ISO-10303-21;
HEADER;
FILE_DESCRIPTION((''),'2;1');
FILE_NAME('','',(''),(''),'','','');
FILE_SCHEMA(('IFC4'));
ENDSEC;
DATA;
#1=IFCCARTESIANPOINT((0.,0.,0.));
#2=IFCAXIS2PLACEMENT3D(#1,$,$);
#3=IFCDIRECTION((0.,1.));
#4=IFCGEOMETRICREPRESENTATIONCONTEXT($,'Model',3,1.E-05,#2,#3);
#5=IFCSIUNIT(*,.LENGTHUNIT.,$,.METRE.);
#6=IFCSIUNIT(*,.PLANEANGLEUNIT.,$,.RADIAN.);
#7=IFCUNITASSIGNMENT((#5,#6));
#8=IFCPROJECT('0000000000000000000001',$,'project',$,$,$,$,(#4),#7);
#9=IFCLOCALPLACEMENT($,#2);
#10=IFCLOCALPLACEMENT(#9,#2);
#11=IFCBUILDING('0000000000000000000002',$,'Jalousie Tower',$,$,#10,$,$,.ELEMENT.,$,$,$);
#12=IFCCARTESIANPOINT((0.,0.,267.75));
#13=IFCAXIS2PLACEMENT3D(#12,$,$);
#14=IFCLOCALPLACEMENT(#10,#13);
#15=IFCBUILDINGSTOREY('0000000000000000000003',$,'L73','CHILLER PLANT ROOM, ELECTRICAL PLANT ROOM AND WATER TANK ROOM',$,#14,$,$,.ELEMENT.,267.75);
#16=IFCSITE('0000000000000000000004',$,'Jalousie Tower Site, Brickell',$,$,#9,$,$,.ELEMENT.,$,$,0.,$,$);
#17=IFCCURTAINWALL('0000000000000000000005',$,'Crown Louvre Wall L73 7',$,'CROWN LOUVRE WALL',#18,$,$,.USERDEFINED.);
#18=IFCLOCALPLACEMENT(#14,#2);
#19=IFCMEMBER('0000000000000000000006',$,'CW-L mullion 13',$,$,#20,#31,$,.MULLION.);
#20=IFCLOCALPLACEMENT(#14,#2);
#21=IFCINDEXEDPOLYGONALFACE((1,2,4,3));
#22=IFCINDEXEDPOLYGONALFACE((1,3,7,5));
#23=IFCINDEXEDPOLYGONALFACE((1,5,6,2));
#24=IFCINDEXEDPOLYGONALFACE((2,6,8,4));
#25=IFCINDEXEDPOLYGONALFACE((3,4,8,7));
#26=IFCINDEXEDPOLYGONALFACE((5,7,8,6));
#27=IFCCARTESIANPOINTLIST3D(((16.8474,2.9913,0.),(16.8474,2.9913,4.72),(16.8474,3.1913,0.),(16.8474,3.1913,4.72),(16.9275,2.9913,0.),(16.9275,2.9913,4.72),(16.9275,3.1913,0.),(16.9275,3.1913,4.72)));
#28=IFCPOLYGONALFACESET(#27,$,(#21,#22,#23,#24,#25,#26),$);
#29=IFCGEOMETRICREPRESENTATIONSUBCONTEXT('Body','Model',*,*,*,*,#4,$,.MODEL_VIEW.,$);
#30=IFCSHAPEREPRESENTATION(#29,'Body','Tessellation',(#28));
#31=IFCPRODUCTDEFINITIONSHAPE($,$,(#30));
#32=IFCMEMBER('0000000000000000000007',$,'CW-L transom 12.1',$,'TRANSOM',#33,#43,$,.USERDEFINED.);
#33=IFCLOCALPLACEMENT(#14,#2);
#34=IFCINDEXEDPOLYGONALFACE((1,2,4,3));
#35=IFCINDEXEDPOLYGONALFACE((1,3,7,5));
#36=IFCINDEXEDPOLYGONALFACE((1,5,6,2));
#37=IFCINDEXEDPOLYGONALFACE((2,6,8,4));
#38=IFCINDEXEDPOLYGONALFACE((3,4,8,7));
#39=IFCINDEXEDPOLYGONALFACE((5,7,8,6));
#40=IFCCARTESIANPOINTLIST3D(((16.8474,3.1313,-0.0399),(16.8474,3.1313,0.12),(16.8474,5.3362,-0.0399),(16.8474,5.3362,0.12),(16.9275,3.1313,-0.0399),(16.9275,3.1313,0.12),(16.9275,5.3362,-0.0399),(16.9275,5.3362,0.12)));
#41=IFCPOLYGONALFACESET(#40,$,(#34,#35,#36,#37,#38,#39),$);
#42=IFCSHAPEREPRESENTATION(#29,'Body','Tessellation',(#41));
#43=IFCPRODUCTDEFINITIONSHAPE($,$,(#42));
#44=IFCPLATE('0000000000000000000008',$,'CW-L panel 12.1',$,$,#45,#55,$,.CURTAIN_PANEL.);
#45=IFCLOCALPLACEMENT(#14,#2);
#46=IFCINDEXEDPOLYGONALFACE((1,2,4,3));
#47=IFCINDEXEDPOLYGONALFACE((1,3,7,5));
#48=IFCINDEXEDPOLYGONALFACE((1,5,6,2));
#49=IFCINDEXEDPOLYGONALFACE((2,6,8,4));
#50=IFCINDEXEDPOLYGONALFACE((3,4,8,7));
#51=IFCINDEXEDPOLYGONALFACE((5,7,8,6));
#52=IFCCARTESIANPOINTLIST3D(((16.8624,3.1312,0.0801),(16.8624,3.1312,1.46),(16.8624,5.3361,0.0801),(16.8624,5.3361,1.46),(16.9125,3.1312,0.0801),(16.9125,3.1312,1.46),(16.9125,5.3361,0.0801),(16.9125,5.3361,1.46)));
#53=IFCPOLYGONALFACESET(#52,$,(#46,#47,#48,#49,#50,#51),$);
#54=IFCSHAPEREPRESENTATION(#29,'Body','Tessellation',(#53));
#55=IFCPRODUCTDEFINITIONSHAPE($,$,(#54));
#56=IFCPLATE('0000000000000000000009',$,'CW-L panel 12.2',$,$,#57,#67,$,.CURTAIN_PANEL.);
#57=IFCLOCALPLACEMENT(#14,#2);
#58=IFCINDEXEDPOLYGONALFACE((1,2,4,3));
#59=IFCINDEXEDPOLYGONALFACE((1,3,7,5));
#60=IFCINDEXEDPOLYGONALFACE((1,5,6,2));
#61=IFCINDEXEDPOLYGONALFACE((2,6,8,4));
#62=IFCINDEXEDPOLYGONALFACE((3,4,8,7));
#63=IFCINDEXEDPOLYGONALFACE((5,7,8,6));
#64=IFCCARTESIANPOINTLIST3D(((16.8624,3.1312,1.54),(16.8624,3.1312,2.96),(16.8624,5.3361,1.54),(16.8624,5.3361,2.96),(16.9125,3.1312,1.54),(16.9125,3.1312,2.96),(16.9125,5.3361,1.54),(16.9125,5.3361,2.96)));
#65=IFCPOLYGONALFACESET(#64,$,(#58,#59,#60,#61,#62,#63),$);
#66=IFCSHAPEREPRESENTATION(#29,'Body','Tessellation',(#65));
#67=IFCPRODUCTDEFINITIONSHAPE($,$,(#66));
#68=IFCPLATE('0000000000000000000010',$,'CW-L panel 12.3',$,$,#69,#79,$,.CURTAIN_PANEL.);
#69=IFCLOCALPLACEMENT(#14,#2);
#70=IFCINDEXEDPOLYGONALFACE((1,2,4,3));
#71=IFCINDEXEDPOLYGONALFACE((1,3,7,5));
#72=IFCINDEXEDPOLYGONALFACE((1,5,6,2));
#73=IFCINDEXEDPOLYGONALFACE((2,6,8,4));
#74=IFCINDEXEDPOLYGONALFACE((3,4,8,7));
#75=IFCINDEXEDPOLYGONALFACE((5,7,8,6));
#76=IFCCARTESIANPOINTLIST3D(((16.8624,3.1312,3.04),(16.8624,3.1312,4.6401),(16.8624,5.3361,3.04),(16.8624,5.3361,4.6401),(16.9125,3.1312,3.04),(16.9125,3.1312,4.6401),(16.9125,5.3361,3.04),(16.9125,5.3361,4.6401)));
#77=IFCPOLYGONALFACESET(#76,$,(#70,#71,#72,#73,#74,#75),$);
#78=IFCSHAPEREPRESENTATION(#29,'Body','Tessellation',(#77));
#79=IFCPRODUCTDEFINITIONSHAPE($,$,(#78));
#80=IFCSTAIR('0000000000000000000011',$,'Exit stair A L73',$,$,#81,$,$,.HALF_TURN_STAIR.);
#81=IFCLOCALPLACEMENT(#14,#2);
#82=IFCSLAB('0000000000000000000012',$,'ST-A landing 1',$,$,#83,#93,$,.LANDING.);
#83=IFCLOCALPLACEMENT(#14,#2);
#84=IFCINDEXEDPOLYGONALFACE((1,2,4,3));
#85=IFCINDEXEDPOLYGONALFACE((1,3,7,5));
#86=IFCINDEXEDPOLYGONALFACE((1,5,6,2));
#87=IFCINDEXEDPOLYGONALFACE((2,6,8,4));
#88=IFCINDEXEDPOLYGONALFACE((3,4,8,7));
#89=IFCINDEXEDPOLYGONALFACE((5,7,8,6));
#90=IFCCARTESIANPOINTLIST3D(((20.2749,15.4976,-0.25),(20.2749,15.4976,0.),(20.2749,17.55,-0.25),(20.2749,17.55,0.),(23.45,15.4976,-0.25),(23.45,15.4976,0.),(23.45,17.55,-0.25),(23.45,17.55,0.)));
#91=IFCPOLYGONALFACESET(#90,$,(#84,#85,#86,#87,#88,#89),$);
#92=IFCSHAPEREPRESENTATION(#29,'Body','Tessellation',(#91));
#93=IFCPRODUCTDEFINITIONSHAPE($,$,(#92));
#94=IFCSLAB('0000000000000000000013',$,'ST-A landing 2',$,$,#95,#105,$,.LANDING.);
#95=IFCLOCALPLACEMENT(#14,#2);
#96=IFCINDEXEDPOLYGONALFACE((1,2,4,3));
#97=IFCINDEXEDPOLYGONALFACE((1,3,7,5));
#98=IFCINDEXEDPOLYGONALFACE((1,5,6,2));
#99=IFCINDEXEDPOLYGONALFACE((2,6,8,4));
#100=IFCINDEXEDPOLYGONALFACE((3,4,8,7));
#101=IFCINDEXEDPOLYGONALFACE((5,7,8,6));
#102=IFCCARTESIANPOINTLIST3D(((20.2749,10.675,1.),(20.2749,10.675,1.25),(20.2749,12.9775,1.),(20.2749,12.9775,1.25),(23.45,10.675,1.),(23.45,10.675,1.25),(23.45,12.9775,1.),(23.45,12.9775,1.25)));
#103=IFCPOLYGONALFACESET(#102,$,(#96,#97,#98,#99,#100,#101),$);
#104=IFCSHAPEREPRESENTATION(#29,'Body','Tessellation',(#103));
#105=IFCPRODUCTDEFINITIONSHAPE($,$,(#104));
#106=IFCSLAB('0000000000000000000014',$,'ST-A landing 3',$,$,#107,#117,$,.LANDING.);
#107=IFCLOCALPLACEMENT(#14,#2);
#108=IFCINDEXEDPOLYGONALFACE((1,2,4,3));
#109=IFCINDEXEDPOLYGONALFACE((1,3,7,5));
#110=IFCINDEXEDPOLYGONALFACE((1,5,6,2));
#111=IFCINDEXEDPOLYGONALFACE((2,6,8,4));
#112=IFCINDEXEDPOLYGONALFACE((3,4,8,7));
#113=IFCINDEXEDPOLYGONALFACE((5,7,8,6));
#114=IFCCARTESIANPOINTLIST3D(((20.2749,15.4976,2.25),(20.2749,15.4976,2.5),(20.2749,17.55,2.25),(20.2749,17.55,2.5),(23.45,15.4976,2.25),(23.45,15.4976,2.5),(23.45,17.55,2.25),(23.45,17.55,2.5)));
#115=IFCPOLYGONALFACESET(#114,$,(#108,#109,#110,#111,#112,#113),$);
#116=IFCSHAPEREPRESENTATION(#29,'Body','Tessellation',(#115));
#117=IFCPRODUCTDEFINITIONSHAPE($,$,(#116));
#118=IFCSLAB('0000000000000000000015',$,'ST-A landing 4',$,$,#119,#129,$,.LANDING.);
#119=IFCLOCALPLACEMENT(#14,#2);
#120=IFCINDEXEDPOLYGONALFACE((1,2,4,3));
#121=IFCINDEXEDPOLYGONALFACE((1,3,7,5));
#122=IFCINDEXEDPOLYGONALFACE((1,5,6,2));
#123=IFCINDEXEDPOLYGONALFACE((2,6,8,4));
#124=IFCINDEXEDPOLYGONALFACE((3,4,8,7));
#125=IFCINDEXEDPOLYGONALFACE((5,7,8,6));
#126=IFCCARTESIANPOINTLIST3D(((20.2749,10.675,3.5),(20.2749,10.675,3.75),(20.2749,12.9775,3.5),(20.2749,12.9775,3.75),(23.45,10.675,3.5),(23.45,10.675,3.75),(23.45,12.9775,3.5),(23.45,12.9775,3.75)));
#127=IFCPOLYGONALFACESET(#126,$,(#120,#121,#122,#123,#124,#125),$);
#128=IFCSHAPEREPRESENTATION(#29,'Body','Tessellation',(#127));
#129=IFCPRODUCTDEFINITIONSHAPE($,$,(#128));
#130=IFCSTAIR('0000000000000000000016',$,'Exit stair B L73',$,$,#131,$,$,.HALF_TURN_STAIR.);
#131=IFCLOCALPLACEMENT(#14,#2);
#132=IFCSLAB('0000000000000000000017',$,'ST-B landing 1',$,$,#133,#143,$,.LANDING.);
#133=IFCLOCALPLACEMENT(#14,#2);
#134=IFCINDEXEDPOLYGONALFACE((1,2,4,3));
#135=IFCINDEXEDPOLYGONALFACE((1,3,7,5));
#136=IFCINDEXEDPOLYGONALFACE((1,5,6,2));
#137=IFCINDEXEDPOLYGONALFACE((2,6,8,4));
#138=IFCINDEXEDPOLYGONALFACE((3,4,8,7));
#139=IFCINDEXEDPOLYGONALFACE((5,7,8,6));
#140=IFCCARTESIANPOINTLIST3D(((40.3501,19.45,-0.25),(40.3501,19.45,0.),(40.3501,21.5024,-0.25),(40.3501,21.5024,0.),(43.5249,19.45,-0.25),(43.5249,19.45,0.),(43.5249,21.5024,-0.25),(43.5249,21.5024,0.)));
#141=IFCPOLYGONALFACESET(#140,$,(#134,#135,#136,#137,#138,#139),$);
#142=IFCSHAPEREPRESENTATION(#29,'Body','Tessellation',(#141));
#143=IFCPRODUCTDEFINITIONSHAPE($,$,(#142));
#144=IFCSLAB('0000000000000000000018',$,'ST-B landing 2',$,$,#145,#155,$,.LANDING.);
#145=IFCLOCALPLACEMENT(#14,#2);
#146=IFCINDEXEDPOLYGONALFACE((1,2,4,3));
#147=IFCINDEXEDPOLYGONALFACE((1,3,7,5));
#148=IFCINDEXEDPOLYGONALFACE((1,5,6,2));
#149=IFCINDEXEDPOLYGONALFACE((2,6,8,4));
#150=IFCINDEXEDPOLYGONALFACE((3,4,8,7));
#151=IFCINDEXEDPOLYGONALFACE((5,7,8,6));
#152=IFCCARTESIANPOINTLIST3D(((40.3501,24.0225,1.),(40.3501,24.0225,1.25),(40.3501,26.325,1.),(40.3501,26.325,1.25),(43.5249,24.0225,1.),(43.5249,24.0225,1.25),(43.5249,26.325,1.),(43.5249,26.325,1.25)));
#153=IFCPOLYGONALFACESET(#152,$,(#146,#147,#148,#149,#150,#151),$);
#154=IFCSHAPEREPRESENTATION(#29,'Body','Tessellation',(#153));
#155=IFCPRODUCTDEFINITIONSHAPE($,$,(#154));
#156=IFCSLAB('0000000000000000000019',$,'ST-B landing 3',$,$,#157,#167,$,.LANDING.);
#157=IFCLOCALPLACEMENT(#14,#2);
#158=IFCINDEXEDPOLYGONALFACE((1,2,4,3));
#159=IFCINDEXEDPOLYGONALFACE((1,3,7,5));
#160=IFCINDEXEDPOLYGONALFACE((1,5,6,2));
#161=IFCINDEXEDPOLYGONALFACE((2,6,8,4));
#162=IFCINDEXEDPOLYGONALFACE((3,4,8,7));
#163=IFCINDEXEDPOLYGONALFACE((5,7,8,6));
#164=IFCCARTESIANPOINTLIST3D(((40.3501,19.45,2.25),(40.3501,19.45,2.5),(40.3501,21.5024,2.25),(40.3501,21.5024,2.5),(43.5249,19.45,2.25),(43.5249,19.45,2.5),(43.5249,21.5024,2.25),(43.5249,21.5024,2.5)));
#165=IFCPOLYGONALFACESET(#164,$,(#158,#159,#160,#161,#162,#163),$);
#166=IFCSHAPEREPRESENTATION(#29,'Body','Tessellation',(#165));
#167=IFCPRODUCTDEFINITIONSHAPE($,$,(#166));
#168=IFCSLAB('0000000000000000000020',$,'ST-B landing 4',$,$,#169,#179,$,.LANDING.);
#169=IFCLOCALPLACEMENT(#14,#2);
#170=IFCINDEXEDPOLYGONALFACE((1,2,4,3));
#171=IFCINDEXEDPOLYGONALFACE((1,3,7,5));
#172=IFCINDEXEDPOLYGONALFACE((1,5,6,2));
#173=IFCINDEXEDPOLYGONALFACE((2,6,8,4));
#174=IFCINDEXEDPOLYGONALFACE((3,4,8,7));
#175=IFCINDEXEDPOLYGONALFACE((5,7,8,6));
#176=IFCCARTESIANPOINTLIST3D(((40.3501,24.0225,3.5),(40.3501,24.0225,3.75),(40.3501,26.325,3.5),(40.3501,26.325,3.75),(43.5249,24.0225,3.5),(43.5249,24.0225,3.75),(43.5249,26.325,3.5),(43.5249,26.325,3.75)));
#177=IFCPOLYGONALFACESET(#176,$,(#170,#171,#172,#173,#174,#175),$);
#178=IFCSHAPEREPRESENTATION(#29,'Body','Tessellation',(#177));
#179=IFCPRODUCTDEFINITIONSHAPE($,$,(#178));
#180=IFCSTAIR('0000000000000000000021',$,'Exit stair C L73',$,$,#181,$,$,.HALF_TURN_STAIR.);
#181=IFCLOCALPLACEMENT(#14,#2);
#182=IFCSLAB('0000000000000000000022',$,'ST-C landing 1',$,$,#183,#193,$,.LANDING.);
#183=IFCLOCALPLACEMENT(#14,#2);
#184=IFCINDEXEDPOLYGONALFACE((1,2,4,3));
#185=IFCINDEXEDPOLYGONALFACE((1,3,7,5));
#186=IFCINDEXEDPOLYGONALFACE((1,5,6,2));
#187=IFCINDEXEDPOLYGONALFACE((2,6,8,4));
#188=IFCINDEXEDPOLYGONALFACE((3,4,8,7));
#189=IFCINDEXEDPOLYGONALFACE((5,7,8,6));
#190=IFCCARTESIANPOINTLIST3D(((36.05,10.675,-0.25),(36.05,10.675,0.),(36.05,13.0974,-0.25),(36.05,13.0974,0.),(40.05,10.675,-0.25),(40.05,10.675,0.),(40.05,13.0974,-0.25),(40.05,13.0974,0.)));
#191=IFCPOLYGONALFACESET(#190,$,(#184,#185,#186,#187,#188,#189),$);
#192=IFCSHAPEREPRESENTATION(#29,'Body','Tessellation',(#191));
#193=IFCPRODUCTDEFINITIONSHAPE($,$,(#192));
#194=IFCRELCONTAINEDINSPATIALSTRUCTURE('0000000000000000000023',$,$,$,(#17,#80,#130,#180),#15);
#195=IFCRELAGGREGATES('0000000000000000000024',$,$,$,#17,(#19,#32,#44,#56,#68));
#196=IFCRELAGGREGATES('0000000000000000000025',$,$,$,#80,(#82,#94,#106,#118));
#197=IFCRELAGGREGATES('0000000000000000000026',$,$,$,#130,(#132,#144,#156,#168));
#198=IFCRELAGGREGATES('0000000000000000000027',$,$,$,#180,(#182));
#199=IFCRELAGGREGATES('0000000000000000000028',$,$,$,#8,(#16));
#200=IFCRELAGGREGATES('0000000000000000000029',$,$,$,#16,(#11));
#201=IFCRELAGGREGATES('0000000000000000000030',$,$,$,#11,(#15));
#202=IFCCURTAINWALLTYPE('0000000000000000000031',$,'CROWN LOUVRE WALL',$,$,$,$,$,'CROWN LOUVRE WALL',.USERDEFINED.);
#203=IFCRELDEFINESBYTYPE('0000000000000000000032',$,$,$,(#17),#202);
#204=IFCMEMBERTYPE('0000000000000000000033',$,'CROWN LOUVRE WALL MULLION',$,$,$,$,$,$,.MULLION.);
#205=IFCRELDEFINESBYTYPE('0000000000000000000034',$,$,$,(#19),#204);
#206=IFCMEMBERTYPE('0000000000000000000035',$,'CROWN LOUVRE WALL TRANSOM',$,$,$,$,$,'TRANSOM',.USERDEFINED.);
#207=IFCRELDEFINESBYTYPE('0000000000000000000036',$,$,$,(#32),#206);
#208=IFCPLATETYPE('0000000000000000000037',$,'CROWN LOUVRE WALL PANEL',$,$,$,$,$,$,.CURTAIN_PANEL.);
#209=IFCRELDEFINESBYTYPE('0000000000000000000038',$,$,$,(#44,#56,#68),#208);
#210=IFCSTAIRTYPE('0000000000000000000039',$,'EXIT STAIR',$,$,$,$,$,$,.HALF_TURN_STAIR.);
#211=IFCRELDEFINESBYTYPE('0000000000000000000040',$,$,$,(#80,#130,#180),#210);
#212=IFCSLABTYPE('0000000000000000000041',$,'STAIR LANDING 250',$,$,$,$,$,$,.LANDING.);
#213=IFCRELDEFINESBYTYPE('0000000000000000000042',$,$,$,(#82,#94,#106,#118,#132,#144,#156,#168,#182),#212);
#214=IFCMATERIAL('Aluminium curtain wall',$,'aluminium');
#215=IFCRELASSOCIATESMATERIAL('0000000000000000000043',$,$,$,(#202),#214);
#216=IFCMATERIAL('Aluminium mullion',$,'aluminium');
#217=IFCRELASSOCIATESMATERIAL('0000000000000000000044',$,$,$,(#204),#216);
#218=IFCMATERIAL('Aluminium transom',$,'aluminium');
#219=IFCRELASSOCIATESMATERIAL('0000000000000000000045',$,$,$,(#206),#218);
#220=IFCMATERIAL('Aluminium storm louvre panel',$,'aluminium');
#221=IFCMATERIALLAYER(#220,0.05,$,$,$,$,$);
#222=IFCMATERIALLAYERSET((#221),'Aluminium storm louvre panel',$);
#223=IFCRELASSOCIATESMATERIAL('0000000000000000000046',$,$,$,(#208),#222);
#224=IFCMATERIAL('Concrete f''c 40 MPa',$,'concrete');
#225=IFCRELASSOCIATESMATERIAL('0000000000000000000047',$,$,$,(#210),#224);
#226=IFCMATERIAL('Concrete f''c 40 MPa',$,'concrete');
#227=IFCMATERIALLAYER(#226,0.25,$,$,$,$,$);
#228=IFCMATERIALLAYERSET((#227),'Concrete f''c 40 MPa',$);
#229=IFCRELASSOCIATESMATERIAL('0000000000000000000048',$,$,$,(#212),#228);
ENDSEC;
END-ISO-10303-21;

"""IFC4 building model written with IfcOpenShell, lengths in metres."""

from ifc_helpers import new_model, si_unit, direction, frame, origin, origin_2d, place, context, subcontext, project, spatial, polyline, rectangle, outline, extrude, material, layer, layer_set, material_profile, profile_set, type_object, element, aggregate, save


model = new_model("IFC4")

# Units and contexts
model_context = context("Model", 3, precision=1e-05, world=origin(), true_north=direction((0.0, 1.0)))
body_context = subcontext(model_context, "Body", "Model", "MODEL_VIEW")
ifc_project = project(units=[si_unit("LENGTHUNIT", "METRE"), si_unit("PLANEANGLEUNIT", "RADIAN")], contexts=[model_context])

# Site, building, storey
site_placement = place(None, origin())
site = spatial("IfcSite", under=ifc_project, at=site_placement, Name="Jalousie Tower Site, Brickell", CompositionType="ELEMENT", RefElevation=0.0)
building_placement = place(site_placement, origin())
building = spatial("IfcBuilding", under=site, at=building_placement, Name="Jalousie Tower", CompositionType="ELEMENT")
storey_placement = place(building_placement, frame((0.0, 0.0, 267.75)))
storey = spatial("IfcBuildingStorey", under=building, at=storey_placement, Name="L73", Description="CHILLER PLANT ROOM, ELECTRICAL PLANT ROOM AND WATER TANK ROOM", CompositionType="ELEMENT", Elevation=267.75)

# Curtain wall, members, plates
ifc_material_1 = material(Name="Aluminium curtain wall", Category="aluminium")
curtain_wall_type = type_object("IfcCurtainWallType", Name="CROWN LOUVRE WALL", ElementType="CROWN LOUVRE WALL", PredefinedType="USERDEFINED", material=ifc_material_1)
curtain_wall_placement = place(storey_placement, origin())
curtain_wall = element("IfcCurtainWall", 1, at=curtain_wall_placement, inside=storey, type_object=curtain_wall_type, Name="Crown Louvre Wall L73 7", ObjectType="CROWN LOUVRE WALL", PredefinedType="USERDEFINED")
ifc_material_2 = material(Name="Aluminium mullion", Category="aluminium")
ifc_material_profile_1 = material_profile(ifc_material_2, rectangle(XDim=0.0801, YDim=0.2, at=origin_2d()), Name="MULLION 80x200")
ifc_profile_set_1 = profile_set([ifc_material_profile_1], Name="Aluminium mullion")
member_type_1 = type_object("IfcMemberType", Name="CROWN LOUVRE WALL MULLION", PredefinedType="MULLION", material=ifc_profile_set_1)
member_1_placement = place(storey_placement, frame((16.8875, 3.0913, 0.0), z_axis=(0.0, 0.0, 1.0), x_axis=(1.0, 0.0, 0.0)))
member_1 = element("IfcMember", 2, at=member_1_placement, type_object=member_type_1, Name="CW-L mullion 13", PredefinedType="MULLION", context=body_context, shape_type="SweptSolid", body=[
    extrude(rectangle(XDim=0.0801, YDim=0.2, at=origin_2d()), origin(), (0.0, 0.0, 1.0), 4.72),
])
ifc_material_3 = material(Name="Aluminium transom", Category="aluminium")
ifc_material_profile_2 = material_profile(ifc_material_3, rectangle(XDim=0.0801, YDim=0.1599, at=origin_2d()), Name="TRANSOM 80x160")
ifc_profile_set_2 = profile_set([ifc_material_profile_2], Name="Aluminium transom")
member_type_2 = type_object("IfcMemberType", Name="CROWN LOUVRE WALL TRANSOM", ElementType="TRANSOM", PredefinedType="USERDEFINED", material=ifc_profile_set_2)
member_2_placement = place(storey_placement, frame((16.8875, 5.3362, 0.04), z_axis=(0.0, -1.0, 0.0), x_axis=(1.0, 0.0, 0.0)))
member_2 = element("IfcMember", 3, at=member_2_placement, type_object=member_type_2, Name="CW-L transom 12.1", ObjectType="TRANSOM", PredefinedType="USERDEFINED", context=body_context, shape_type="SweptSolid", body=[
    extrude(rectangle(XDim=0.0801, YDim=0.1599, at=origin_2d()), origin(), (0.0, 0.0, 1.0), 2.2048),
])
ifc_material_4 = material(Name="Aluminium storm louvre panel", Category="aluminium")
ifc_layer_1 = layer(ifc_material_4, 0.05)
ifc_layer_set_1 = layer_set([ifc_layer_1], Name="Aluminium storm louvre panel")
plate_type = type_object("IfcPlateType", Name="CROWN LOUVRE WALL PANEL", PredefinedType="CURTAIN_PANEL", material=ifc_layer_set_1)
plate_1_placement = place(storey_placement, frame((16.8875, 4.2336, 0.0801), z_axis=(0.0, 0.0, 1.0), x_axis=(0.0, -1.0, 0.0)))
plate_1 = element("IfcPlate", 4, at=plate_1_placement, type_object=plate_type, Name="CW-L panel 12.1", PredefinedType="CURTAIN_PANEL", context=body_context, shape_type="SweptSolid", body=[
    extrude(rectangle(XDim=2.2048, YDim=0.05, at=origin_2d()), origin(), (0.0, 0.0, 1.0), 1.3799),
])
plate_2_placement = place(storey_placement, frame((16.8875, 4.2336, 1.54), z_axis=(0.0, 0.0, 1.0), x_axis=(0.0, -1.0, 0.0)))
plate_2 = element("IfcPlate", 5, at=plate_2_placement, type_object=plate_type, Name="CW-L panel 12.2", PredefinedType="CURTAIN_PANEL", context=body_context, shape_type="SweptSolid", body=[
    extrude(rectangle(XDim=2.2048, YDim=0.05, at=origin_2d()), origin(), (0.0, 0.0, 1.0), 1.4199),
])
plate_3_placement = place(storey_placement, frame((16.8875, 4.2336, 3.04), z_axis=(0.0, 0.0, 1.0), x_axis=(0.0, -1.0, 0.0)))
plate_3 = element("IfcPlate", 6, at=plate_3_placement, type_object=plate_type, Name="CW-L panel 12.3", PredefinedType="CURTAIN_PANEL", context=body_context, shape_type="SweptSolid", body=[
    extrude(rectangle(XDim=2.2048, YDim=0.05, at=origin_2d()), origin(), (0.0, 0.0, 1.0), 1.6001),
])
aggregate(curtain_wall, [member_1, member_2, plate_1, plate_2, plate_3])

# Stairs, slabs
ifc_material_5 = material(Name="Concrete f'c 40 MPa", Category="concrete")
stair_type = type_object("IfcStairType", Name="EXIT STAIR", PredefinedType="HALF_TURN_STAIR", material=ifc_material_5)
stair_1_placement = place(storey_placement, origin())
stair_1 = element("IfcStair", 7, at=stair_1_placement, inside=storey, type_object=stair_type, Name="Exit stair A L73", PredefinedType="HALF_TURN_STAIR")
ifc_material_6 = material(Name="Concrete f'c 40 MPa", Category="concrete")
ifc_layer_2 = layer(ifc_material_6, 0.25)
ifc_layer_set_2 = layer_set([ifc_layer_2], Name="Concrete f'c 40 MPa")
slab_type_1 = type_object("IfcSlabType", Name="STAIR LANDING 250", PredefinedType="LANDING", material=ifc_layer_set_2)
slab_1_placement = place(storey_placement, frame((0.0, 0.0, -0.25)))
slab_1 = element("IfcSlab", 8, at=slab_1_placement, type_object=slab_type_1, Name="ST-A landing 1", PredefinedType="LANDING", context=body_context, shape_type="SweptSolid", body=[
    extrude(outline(polyline([(20.2749, 15.4976), (23.45, 15.4976), (23.45, 17.55), (20.2749, 17.55), (20.2749, 15.4976)])), origin(), (0.0, 0.0, 1.0), 0.25),
])
slab_2_placement = place(storey_placement, frame((0.0, 0.0, 1.0)))
slab_2 = element("IfcSlab", 9, at=slab_2_placement, type_object=slab_type_1, Name="ST-A landing 2", PredefinedType="LANDING", context=body_context, shape_type="SweptSolid", body=[
    extrude(outline(polyline([(20.2749, 10.675), (23.45, 10.675), (23.45, 12.9775), (20.2749, 12.9775), (20.2749, 10.675)])), origin(), (0.0, 0.0, 1.0), 0.25),
])
slab_3_placement = place(storey_placement, frame((0.0, 0.0, 2.25)))
slab_3 = element("IfcSlab", 10, at=slab_3_placement, type_object=slab_type_1, Name="ST-A landing 3", PredefinedType="LANDING", context=body_context, shape_type="SweptSolid", body=[
    extrude(outline(polyline([(20.2749, 15.4976), (23.45, 15.4976), (23.45, 17.55), (20.2749, 17.55), (20.2749, 15.4976)])), origin(), (0.0, 0.0, 1.0), 0.25),
])
slab_4_placement = place(storey_placement, frame((0.0, 0.0, 3.5)))
slab_4 = element("IfcSlab", 11, at=slab_4_placement, type_object=slab_type_1, Name="ST-A landing 4", PredefinedType="LANDING", context=body_context, shape_type="SweptSolid", body=[
    extrude(outline(polyline([(20.2749, 10.675), (23.45, 10.675), (23.45, 12.9775), (20.2749, 12.9775), (20.2749, 10.675)])), origin(), (0.0, 0.0, 1.0), 0.25),
])
aggregate(stair_1, [slab_1, slab_2, slab_3, slab_4])
stair_2_placement = place(storey_placement, origin())
stair_2 = element("IfcStair", 12, at=stair_2_placement, inside=storey, type_object=stair_type, Name="Exit stair B L73", PredefinedType="HALF_TURN_STAIR")
slab_5_placement = place(storey_placement, frame((0.0, 0.0, -0.25)))
slab_5 = element("IfcSlab", 13, at=slab_5_placement, type_object=slab_type_1, Name="ST-B landing 1", PredefinedType="LANDING", context=body_context, shape_type="SweptSolid", body=[
    extrude(outline(polyline([(40.3501, 19.45), (43.5249, 19.45), (43.5249, 21.5024), (40.3501, 21.5024), (40.3501, 19.45)])), origin(), (0.0, 0.0, 1.0), 0.25),
])
slab_6_placement = place(storey_placement, frame((0.0, 0.0, 1.0)))
slab_6 = element("IfcSlab", 14, at=slab_6_placement, type_object=slab_type_1, Name="ST-B landing 2", PredefinedType="LANDING", context=body_context, shape_type="SweptSolid", body=[
    extrude(outline(polyline([(40.3501, 24.0225), (43.5249, 24.0225), (43.5249, 26.325), (40.3501, 26.325), (40.3501, 24.0225)])), origin(), (0.0, 0.0, 1.0), 0.25),
])
slab_7_placement = place(storey_placement, frame((0.0, 0.0, 2.25)))
slab_7 = element("IfcSlab", 15, at=slab_7_placement, type_object=slab_type_1, Name="ST-B landing 3", PredefinedType="LANDING", context=body_context, shape_type="SweptSolid", body=[
    extrude(outline(polyline([(40.3501, 19.45), (43.5249, 19.45), (43.5249, 21.5024), (40.3501, 21.5024), (40.3501, 19.45)])), origin(), (0.0, 0.0, 1.0), 0.25),
])
slab_8_placement = place(storey_placement, frame((0.0, 0.0, 3.5)))
slab_8 = element("IfcSlab", 16, at=slab_8_placement, type_object=slab_type_1, Name="ST-B landing 4", PredefinedType="LANDING", context=body_context, shape_type="SweptSolid", body=[
    extrude(outline(polyline([(40.3501, 24.0225), (43.5249, 24.0225), (43.5249, 26.325), (40.3501, 26.325), (40.3501, 24.0225)])), origin(), (0.0, 0.0, 1.0), 0.25),
])
aggregate(stair_2, [slab_5, slab_6, slab_7, slab_8])
stair_3_placement = place(storey_placement, origin())
stair_3 = element("IfcStair", 17, at=stair_3_placement, inside=storey, type_object=stair_type, Name="Exit stair C L73", PredefinedType="HALF_TURN_STAIR")
slab_9_placement = place(storey_placement, frame((0.0, 0.0, -0.25)))
slab_9 = element("IfcSlab", 18, at=slab_9_placement, type_object=slab_type_1, Name="ST-C landing 1", PredefinedType="LANDING", context=body_context, shape_type="SweptSolid", body=[
    extrude(outline(polyline([(36.05, 10.675), (40.05, 10.675), (40.05, 13.0974), (36.05, 13.0974), (36.05, 10.675)])), origin(), (0.0, 0.0, 1.0), 0.25),
])
aggregate(stair_3, [slab_9])

save(model, "model.ifc")
